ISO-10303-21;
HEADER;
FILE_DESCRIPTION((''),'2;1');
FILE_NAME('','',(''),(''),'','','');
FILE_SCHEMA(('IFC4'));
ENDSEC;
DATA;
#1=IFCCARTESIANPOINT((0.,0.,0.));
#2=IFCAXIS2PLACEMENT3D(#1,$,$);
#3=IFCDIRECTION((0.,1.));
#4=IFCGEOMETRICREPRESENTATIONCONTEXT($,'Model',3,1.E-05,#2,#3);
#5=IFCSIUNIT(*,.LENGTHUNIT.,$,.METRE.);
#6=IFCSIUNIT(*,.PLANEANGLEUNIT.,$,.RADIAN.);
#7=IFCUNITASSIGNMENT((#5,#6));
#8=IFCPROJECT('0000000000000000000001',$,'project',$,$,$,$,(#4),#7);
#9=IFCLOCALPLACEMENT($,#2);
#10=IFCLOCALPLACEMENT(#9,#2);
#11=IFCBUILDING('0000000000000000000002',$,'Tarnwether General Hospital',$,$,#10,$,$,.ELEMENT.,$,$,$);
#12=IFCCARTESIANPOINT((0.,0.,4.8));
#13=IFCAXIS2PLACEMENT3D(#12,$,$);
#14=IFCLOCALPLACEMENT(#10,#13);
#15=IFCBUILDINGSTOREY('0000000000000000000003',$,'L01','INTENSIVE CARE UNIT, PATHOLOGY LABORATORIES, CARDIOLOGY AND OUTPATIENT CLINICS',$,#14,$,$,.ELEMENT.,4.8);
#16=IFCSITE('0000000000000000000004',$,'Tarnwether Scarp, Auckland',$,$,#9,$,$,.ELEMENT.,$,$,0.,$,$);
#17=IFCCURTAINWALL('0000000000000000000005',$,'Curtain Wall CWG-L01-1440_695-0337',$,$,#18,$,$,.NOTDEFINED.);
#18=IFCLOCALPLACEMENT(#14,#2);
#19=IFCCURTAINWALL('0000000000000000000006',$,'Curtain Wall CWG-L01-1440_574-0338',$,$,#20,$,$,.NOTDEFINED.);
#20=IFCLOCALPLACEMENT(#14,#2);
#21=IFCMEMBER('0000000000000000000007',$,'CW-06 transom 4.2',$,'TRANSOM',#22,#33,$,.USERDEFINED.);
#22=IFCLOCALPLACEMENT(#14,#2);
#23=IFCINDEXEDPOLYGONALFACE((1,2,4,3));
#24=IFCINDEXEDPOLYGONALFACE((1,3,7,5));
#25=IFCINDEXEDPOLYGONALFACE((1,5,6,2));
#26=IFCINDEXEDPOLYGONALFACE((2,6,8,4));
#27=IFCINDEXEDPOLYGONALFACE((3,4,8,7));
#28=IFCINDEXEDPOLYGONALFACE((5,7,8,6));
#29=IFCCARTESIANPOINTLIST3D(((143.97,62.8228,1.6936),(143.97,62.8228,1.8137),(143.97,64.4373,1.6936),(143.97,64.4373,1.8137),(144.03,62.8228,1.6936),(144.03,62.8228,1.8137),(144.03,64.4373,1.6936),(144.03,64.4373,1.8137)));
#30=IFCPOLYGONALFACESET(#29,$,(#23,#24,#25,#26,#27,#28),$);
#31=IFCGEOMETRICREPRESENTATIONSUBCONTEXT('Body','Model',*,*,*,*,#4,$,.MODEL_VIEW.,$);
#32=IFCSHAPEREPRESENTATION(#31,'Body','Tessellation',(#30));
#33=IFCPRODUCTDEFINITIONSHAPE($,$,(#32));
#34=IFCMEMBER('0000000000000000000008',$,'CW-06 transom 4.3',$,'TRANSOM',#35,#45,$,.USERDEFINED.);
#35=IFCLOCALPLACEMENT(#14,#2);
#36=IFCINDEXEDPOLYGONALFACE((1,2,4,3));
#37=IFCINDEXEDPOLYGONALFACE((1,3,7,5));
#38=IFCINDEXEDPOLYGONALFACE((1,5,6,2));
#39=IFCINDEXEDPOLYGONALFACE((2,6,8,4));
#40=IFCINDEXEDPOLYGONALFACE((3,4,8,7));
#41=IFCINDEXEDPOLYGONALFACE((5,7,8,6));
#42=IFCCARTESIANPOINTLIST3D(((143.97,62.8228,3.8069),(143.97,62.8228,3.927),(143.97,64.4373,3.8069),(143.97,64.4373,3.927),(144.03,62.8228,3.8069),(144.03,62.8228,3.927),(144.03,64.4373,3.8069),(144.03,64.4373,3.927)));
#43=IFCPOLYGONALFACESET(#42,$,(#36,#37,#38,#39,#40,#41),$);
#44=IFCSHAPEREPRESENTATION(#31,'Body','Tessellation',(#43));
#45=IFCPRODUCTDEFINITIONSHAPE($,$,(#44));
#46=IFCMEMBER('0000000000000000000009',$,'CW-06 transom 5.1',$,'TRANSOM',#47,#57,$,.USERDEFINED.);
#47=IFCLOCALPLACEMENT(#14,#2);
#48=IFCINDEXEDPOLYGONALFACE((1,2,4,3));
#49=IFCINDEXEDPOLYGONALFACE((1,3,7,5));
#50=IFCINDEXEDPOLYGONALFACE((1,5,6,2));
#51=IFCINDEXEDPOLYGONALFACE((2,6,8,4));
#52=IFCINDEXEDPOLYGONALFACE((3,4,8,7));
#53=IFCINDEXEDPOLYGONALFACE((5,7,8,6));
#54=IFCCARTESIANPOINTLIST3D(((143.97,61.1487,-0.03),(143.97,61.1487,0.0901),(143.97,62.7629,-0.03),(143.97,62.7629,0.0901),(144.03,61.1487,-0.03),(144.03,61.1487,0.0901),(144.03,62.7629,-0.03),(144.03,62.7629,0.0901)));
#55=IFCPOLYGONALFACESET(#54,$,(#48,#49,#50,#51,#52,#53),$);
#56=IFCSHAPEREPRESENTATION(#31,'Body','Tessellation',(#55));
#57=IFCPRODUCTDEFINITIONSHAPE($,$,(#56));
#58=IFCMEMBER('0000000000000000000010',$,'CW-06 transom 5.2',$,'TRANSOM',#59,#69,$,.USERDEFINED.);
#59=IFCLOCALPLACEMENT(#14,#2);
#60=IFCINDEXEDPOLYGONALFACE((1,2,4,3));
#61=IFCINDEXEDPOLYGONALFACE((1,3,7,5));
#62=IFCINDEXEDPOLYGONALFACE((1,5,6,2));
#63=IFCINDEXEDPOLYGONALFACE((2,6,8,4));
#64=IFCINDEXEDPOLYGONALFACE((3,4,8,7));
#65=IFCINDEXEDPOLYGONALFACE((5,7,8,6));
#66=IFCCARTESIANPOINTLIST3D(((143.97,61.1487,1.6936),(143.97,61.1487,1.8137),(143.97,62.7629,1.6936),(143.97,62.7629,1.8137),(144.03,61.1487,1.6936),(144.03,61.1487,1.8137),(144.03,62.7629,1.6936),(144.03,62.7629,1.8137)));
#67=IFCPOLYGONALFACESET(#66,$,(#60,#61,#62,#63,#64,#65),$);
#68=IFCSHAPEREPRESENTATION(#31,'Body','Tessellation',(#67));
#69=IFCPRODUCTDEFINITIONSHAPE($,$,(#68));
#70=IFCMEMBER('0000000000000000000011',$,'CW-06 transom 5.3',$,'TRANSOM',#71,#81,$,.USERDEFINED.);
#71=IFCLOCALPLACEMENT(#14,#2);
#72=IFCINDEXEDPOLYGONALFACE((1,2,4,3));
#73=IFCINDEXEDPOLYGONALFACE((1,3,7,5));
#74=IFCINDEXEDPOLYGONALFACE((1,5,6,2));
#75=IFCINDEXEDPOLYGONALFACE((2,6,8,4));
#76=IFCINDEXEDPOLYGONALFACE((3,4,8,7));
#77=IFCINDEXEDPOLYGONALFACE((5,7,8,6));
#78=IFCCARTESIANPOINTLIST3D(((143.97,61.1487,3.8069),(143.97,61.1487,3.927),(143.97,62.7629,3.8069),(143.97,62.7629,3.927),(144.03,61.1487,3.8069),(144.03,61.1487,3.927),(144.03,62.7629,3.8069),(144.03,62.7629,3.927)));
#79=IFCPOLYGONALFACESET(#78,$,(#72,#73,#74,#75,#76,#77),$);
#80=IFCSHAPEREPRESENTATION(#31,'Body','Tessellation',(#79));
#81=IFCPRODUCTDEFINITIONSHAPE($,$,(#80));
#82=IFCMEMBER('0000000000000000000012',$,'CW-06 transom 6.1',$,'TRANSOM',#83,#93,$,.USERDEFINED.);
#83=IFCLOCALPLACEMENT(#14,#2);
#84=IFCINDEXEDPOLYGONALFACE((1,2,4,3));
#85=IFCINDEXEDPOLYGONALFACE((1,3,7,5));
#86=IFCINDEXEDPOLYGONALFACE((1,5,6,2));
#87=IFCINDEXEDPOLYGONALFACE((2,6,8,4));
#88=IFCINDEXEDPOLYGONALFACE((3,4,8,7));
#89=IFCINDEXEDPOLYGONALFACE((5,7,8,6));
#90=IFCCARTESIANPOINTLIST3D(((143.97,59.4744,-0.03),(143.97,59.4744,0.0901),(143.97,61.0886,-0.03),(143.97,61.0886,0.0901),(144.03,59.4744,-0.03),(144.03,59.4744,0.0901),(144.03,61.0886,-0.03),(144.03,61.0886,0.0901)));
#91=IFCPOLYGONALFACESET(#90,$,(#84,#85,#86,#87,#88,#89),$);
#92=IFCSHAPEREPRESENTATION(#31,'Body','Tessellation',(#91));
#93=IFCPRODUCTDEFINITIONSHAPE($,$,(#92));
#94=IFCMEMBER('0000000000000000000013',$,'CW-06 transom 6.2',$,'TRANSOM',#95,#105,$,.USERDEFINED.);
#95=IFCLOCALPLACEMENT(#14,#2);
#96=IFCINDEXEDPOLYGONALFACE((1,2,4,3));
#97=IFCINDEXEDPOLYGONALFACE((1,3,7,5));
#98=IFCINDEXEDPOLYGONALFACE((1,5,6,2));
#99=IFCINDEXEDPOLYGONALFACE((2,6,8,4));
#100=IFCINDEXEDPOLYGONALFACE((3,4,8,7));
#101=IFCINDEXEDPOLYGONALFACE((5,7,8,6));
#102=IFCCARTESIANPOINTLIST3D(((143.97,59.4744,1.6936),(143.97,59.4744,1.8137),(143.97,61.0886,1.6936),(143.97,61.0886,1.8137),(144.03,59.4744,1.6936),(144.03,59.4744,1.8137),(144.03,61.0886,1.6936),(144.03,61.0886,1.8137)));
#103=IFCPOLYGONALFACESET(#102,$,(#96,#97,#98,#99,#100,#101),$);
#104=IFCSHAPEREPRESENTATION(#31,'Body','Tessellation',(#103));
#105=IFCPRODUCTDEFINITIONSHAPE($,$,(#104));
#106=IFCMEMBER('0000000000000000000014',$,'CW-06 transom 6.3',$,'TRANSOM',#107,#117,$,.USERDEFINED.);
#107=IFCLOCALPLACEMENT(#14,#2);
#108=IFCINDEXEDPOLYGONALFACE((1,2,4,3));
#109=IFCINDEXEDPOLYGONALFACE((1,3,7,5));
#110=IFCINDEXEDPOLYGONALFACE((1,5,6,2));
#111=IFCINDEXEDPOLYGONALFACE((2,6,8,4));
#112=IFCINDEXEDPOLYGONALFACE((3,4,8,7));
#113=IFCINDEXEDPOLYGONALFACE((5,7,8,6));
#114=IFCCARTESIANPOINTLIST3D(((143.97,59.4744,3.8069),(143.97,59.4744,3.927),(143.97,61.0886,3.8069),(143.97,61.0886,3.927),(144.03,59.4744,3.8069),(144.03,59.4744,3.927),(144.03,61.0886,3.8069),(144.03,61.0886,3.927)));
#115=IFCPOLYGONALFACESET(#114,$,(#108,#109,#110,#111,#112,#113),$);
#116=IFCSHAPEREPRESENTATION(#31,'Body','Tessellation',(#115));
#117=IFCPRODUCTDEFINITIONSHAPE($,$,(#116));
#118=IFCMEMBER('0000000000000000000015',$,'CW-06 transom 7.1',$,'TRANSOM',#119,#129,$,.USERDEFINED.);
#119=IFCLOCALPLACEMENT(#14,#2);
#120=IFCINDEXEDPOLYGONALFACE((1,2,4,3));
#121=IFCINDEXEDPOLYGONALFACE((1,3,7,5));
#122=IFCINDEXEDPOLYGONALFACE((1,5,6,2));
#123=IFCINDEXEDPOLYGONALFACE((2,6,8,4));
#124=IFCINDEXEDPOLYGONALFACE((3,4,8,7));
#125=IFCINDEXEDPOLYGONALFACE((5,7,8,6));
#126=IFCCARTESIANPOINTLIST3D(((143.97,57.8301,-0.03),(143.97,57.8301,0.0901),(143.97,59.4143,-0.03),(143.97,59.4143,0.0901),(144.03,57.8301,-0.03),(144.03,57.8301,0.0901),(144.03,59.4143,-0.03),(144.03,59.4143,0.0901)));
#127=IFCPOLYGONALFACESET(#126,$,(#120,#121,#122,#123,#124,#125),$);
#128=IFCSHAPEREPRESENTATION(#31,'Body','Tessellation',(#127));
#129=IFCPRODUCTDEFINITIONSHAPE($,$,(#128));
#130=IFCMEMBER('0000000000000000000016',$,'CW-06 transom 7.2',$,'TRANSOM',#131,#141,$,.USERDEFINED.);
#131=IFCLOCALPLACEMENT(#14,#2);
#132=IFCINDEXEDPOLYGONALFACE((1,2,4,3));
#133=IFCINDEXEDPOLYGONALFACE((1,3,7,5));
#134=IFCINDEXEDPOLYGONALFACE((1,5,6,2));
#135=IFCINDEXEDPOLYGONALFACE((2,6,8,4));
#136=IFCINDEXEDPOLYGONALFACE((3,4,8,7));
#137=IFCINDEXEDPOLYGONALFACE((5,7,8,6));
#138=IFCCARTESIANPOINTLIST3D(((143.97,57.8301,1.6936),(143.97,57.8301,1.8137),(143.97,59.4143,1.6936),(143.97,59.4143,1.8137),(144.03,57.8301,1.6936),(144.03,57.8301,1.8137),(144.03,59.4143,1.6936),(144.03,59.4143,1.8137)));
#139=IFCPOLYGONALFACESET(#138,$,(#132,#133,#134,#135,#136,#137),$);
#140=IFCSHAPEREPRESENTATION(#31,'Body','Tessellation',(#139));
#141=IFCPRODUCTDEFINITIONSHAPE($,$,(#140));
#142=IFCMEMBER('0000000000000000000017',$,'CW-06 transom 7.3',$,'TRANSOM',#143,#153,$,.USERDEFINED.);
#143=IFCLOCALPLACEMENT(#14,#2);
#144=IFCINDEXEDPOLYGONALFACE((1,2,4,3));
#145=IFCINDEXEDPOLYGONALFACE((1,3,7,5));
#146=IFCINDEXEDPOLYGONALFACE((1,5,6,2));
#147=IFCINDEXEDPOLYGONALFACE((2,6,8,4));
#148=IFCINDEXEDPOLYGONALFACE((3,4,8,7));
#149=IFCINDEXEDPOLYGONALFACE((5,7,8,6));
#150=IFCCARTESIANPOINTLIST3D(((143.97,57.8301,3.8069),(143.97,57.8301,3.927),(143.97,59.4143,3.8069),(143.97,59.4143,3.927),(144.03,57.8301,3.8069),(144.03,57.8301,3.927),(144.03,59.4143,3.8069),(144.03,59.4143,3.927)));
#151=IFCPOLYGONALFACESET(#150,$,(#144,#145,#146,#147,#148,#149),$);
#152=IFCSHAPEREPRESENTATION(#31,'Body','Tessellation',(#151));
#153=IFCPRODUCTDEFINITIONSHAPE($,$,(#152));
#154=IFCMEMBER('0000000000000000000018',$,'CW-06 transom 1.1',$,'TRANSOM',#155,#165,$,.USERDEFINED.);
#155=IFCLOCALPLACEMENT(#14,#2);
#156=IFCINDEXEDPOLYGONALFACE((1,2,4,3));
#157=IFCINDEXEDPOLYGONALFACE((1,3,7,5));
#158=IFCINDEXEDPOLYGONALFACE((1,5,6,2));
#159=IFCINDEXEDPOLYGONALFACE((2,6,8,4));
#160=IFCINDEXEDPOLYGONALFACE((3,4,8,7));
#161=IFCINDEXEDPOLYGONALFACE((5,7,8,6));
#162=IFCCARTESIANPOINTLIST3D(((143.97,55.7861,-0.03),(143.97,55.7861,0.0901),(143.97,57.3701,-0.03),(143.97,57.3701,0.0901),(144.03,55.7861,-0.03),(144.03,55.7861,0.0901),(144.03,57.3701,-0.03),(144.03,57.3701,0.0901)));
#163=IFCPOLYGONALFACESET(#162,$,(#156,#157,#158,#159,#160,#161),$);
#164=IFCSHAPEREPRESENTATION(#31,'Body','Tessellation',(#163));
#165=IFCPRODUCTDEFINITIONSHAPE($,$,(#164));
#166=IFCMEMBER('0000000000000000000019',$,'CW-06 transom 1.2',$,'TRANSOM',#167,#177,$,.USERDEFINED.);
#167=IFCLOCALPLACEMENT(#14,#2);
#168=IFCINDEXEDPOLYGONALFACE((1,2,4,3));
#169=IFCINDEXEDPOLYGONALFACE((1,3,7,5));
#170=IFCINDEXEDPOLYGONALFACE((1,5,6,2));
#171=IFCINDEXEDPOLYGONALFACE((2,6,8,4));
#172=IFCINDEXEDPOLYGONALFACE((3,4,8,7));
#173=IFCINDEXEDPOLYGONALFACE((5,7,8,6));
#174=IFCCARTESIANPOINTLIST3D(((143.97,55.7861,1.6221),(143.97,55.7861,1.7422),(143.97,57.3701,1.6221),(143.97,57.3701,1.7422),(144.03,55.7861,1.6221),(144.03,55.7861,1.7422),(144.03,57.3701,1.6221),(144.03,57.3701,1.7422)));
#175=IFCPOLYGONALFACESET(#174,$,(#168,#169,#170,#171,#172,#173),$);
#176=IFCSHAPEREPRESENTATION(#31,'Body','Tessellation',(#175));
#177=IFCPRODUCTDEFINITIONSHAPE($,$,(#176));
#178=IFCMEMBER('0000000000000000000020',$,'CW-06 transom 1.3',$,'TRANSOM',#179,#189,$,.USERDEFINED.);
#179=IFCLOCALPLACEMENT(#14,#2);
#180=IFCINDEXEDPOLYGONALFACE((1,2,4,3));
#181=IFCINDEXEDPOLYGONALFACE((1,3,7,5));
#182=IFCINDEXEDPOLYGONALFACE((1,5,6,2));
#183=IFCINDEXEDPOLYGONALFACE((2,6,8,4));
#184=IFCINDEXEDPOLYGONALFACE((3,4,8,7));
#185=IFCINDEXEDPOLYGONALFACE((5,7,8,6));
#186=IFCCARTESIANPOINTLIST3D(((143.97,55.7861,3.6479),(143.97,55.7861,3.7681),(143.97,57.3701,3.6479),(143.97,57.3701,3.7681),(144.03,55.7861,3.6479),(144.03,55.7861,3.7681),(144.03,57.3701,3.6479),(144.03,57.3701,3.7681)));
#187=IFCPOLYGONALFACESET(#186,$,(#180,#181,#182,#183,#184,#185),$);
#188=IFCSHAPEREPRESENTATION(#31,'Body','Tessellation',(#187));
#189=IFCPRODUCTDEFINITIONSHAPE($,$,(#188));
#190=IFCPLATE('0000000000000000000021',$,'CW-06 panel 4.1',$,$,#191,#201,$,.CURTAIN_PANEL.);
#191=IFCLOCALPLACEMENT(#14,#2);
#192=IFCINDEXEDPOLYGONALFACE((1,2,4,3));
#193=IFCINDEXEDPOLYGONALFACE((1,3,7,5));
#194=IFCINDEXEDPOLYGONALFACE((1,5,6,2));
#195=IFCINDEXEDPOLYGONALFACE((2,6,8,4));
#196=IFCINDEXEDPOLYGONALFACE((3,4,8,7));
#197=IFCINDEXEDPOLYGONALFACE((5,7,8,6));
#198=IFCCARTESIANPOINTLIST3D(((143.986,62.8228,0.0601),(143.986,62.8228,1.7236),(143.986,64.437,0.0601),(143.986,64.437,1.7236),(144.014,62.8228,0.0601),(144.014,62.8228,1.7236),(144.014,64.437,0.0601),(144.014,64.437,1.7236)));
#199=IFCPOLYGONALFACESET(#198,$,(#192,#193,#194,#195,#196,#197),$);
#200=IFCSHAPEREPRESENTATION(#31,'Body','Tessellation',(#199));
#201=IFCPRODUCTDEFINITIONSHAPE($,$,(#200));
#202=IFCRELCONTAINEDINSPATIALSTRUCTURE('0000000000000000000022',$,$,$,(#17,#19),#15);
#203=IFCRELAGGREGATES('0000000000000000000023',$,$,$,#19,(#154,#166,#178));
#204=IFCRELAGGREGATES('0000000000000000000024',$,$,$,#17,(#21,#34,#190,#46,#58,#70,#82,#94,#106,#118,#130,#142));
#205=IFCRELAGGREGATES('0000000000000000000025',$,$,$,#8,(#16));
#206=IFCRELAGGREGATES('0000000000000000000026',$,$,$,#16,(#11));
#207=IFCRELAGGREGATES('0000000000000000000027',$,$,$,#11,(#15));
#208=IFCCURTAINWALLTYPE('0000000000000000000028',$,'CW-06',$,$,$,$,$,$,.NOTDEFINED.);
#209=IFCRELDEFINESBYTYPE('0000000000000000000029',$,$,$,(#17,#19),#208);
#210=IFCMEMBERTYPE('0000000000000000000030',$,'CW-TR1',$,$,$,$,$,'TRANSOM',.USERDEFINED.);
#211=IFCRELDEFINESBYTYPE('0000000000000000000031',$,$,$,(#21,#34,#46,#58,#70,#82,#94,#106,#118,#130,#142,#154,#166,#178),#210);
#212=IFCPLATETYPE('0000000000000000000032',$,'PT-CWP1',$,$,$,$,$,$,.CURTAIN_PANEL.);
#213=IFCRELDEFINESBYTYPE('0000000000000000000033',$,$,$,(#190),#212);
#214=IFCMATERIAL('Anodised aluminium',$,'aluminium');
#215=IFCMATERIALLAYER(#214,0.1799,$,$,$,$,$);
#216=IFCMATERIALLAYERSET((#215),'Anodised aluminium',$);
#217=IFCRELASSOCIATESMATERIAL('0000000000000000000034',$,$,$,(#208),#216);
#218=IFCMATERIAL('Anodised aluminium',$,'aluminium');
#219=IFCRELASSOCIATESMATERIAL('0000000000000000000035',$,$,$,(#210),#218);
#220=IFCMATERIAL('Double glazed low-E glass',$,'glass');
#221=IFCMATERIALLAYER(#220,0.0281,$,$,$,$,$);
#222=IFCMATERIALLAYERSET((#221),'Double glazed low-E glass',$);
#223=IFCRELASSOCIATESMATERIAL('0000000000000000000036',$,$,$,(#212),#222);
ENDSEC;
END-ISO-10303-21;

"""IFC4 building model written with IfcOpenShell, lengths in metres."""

from ifc_helpers import new_model, si_unit, direction, frame, origin, origin_2d, place, context, subcontext, project, spatial, rectangle, extrude, material, layer, layer_set, material_profile, profile_set, type_object, element, aggregate, save


model = new_model("IFC4")

# Units and contexts
model_context = context("Model", 3, precision=1e-05, world=origin(), true_north=direction((0.0, 1.0)))
body_context = subcontext(model_context, "Body", "Model", "MODEL_VIEW")
ifc_project = project(units=[si_unit("LENGTHUNIT", "METRE"), si_unit("PLANEANGLEUNIT", "RADIAN")], contexts=[model_context])

# Site, building, storey
site_placement = place(None, origin())
site = spatial("IfcSite", under=ifc_project, at=site_placement, Name="Tarnwether Scarp, Auckland", CompositionType="ELEMENT", RefElevation=0.0)
building_placement = place(site_placement, origin())
building = spatial("IfcBuilding", under=site, at=building_placement, Name="Tarnwether General Hospital", CompositionType="ELEMENT")
storey_placement = place(building_placement, frame((0.0, 0.0, 4.8)))
storey = spatial("IfcBuildingStorey", under=building, at=storey_placement, Name="L01", Description="INTENSIVE CARE UNIT, PATHOLOGY LABORATORIES, CARDIOLOGY AND OUTPATIENT CLINICS", CompositionType="ELEMENT", Elevation=4.8)

# Curtain wall
ifc_material_1 = material(Name="Anodised aluminium", Category="aluminium")
ifc_layer_1 = layer(ifc_material_1, 0.1799)
ifc_layer_set_1 = layer_set([ifc_layer_1], Name="Anodised aluminium")
curtain_wall_type = type_object("IfcCurtainWallType", Name="CW-06", PredefinedType="NOTDEFINED", material=ifc_layer_set_1)
curtain_wall_1_placement = place(storey_placement, origin())
curtain_wall_1 = element("IfcCurtainWall", 1, at=curtain_wall_1_placement, inside=storey, type_object=curtain_wall_type, Name="Curtain Wall CWG-L01-1440_695-0337", PredefinedType="NOTDEFINED")

# Curtain wall
curtain_wall_2_placement = place(storey_placement, origin())
curtain_wall_2 = element("IfcCurtainWall", 2, at=curtain_wall_2_placement, inside=storey, type_object=curtain_wall_type, Name="Curtain Wall CWG-L01-1440_574-0338", PredefinedType="NOTDEFINED")

# Members
ifc_material_2 = material(Name="Anodised aluminium", Category="aluminium")
ifc_material_profile_1 = material_profile(ifc_material_2, rectangle(XDim=0.0601, YDim=0.1201, at=origin_2d()), Name="ALU-TRN-60x120")
ifc_profile_set_1 = profile_set([ifc_material_profile_1], Name="Anodised aluminium")
member_type_1 = type_object("IfcMemberType", Name="CW-TR1", ElementType="TRANSOM", PredefinedType="USERDEFINED", material=ifc_profile_set_1)
member_1_placement = place(storey_placement, frame((144.0, 64.4373, 1.7537), z_axis=(0.0, -1.0, 0.0), x_axis=(1.0, 0.0, 0.0)))
member_1 = element("IfcMember", 3, at=member_1_placement, type_object=member_type_1, Name="CW-06 transom 4.2", ObjectType="TRANSOM", PredefinedType="USERDEFINED", context=body_context, shape_type="SweptSolid", body=[
    extrude(rectangle(XDim=0.0601, YDim=0.1201, at=origin_2d()), origin(), (0.0, 0.0, 1.0), 1.6145),
])
member_2_placement = place(storey_placement, frame((144.0, 64.4373, 3.8669), z_axis=(0.0, -1.0, 0.0), x_axis=(1.0, 0.0, 0.0)))
member_2 = element("IfcMember", 4, at=member_2_placement, type_object=member_type_1, Name="CW-06 transom 4.3", ObjectType="TRANSOM", PredefinedType="USERDEFINED", context=body_context, shape_type="SweptSolid", body=[
    extrude(rectangle(XDim=0.0601, YDim=0.1201, at=origin_2d()), origin(), (0.0, 0.0, 1.0), 1.6145),
])
member_3_placement = place(storey_placement, frame((144.0, 62.7629, 0.03), z_axis=(0.0, -1.0, 0.0), x_axis=(1.0, 0.0, 0.0)))
member_3 = element("IfcMember", 5, at=member_3_placement, type_object=member_type_1, Name="CW-06 transom 5.1", ObjectType="TRANSOM", PredefinedType="USERDEFINED", context=body_context, shape_type="SweptSolid", body=[
    extrude(rectangle(XDim=0.0601, YDim=0.1201, at=origin_2d()), origin(), (0.0, 0.0, 1.0), 1.6143),
])
member_4_placement = place(storey_placement, frame((144.0, 62.7629, 1.7537), z_axis=(0.0, -1.0, 0.0), x_axis=(1.0, 0.0, 0.0)))
member_4 = element("IfcMember", 6, at=member_4_placement, type_object=member_type_1, Name="CW-06 transom 5.2", ObjectType="TRANSOM", PredefinedType="USERDEFINED", context=body_context, shape_type="SweptSolid", body=[
    extrude(rectangle(XDim=0.0601, YDim=0.1201, at=origin_2d()), origin(), (0.0, 0.0, 1.0), 1.6143),
])
member_5_placement = place(storey_placement, frame((144.0, 62.7629, 3.8669), z_axis=(0.0, -1.0, 0.0), x_axis=(1.0, 0.0, 0.0)))
member_5 = element("IfcMember", 7, at=member_5_placement, type_object=member_type_1, Name="CW-06 transom 5.3", ObjectType="TRANSOM", PredefinedType="USERDEFINED", context=body_context, shape_type="SweptSolid", body=[
    extrude(rectangle(XDim=0.0601, YDim=0.1201, at=origin_2d()), origin(), (0.0, 0.0, 1.0), 1.6143),
])
member_6_placement = place(storey_placement, frame((144.0, 61.0886, 0.03), z_axis=(0.0, -1.0, 0.0), x_axis=(1.0, 0.0, 0.0)))
member_6 = element("IfcMember", 8, at=member_6_placement, type_object=member_type_1, Name="CW-06 transom 6.1", ObjectType="TRANSOM", PredefinedType="USERDEFINED", context=body_context, shape_type="SweptSolid", body=[
    extrude(rectangle(XDim=0.0601, YDim=0.1201, at=origin_2d()), origin(), (0.0, 0.0, 1.0), 1.6143),
])
member_7_placement = place(storey_placement, frame((144.0, 61.0886, 1.7537), z_axis=(0.0, -1.0, 0.0), x_axis=(1.0, 0.0, 0.0)))
member_7 = element("IfcMember", 9, at=member_7_placement, type_object=member_type_1, Name="CW-06 transom 6.2", ObjectType="TRANSOM", PredefinedType="USERDEFINED", context=body_context, shape_type="SweptSolid", body=[
    extrude(rectangle(XDim=0.0601, YDim=0.1201, at=origin_2d()), origin(), (0.0, 0.0, 1.0), 1.6143),
])
member_8_placement = place(storey_placement, frame((144.0, 61.0886, 3.8669), z_axis=(0.0, -1.0, 0.0), x_axis=(1.0, 0.0, 0.0)))
member_8 = element("IfcMember", 10, at=member_8_placement, type_object=member_type_1, Name="CW-06 transom 6.3", ObjectType="TRANSOM", PredefinedType="USERDEFINED", context=body_context, shape_type="SweptSolid", body=[
    extrude(rectangle(XDim=0.0601, YDim=0.1201, at=origin_2d()), origin(), (0.0, 0.0, 1.0), 1.6143),
])
member_9_placement = place(storey_placement, frame((144.0, 59.4143, 0.03), z_axis=(0.0, -1.0, 0.0), x_axis=(1.0, 0.0, 0.0)))
member_9 = element("IfcMember", 11, at=member_9_placement, type_object=member_type_1, Name="CW-06 transom 7.1", ObjectType="TRANSOM", PredefinedType="USERDEFINED", context=body_context, shape_type="SweptSolid", body=[
    extrude(rectangle(XDim=0.0601, YDim=0.1201, at=origin_2d()), origin(), (0.0, 0.0, 1.0), 1.5842),
])
member_10_placement = place(storey_placement, frame((144.0, 59.4143, 1.7537), z_axis=(0.0, -1.0, 0.0), x_axis=(1.0, 0.0, 0.0)))
member_10 = element("IfcMember", 12, at=member_10_placement, type_object=member_type_1, Name="CW-06 transom 7.2", ObjectType="TRANSOM", PredefinedType="USERDEFINED", context=body_context, shape_type="SweptSolid", body=[
    extrude(rectangle(XDim=0.0601, YDim=0.1201, at=origin_2d()), origin(), (0.0, 0.0, 1.0), 1.5842),
])
member_11_placement = place(storey_placement, frame((144.0, 59.4143, 3.8669), z_axis=(0.0, -1.0, 0.0), x_axis=(1.0, 0.0, 0.0)))
member_11 = element("IfcMember", 13, at=member_11_placement, type_object=member_type_1, Name="CW-06 transom 7.3", ObjectType="TRANSOM", PredefinedType="USERDEFINED", context=body_context, shape_type="SweptSolid", body=[
    extrude(rectangle(XDim=0.0601, YDim=0.1201, at=origin_2d()), origin(), (0.0, 0.0, 1.0), 1.5842),
])
member_12_placement = place(storey_placement, frame((144.0, 57.3701, 0.03), z_axis=(0.0, -1.0, 0.0), x_axis=(1.0, 0.0, 0.0)))
member_12 = element("IfcMember", 14, at=member_12_placement, type_object=member_type_1, Name="CW-06 transom 1.1", ObjectType="TRANSOM", PredefinedType="USERDEFINED", context=body_context, shape_type="SweptSolid", body=[
    extrude(rectangle(XDim=0.0601, YDim=0.1201, at=origin_2d()), origin(), (0.0, 0.0, 1.0), 1.584),
])
member_13_placement = place(storey_placement, frame((144.0, 57.3701, 1.6821), z_axis=(0.0, -1.0, 0.0), x_axis=(1.0, 0.0, 0.0)))
member_13 = element("IfcMember", 15, at=member_13_placement, type_object=member_type_1, Name="CW-06 transom 1.2", ObjectType="TRANSOM", PredefinedType="USERDEFINED", context=body_context, shape_type="SweptSolid", body=[
    extrude(rectangle(XDim=0.0601, YDim=0.1201, at=origin_2d()), origin(), (0.0, 0.0, 1.0), 1.584),
])
member_14_placement = place(storey_placement, frame((144.0, 57.3701, 3.708), z_axis=(0.0, -1.0, 0.0), x_axis=(1.0, 0.0, 0.0)))
member_14 = element("IfcMember", 16, at=member_14_placement, type_object=member_type_1, Name="CW-06 transom 1.3", ObjectType="TRANSOM", PredefinedType="USERDEFINED", context=body_context, shape_type="SweptSolid", body=[
    extrude(rectangle(XDim=0.0601, YDim=0.1201, at=origin_2d()), origin(), (0.0, 0.0, 1.0), 1.584),
])
aggregate(curtain_wall_2, [member_12, member_13, member_14])

# Plate
ifc_material_3 = material(Name="Double glazed low-E glass", Category="glass")
ifc_layer_2 = layer(ifc_material_3, 0.0281)
ifc_layer_set_2 = layer_set([ifc_layer_2], Name="Double glazed low-E glass")
plate_type_1 = type_object("IfcPlateType", Name="PT-CWP1", PredefinedType="CURTAIN_PANEL", material=ifc_layer_set_2)
plate_1_placement = place(storey_placement, frame((144.0, 63.6299, 0.0601), z_axis=(0.0, 0.0, 1.0), x_axis=(0.0, -1.0, 0.0)))
plate_1 = element("IfcPlate", 17, at=plate_1_placement, type_object=plate_type_1, Name="CW-06 panel 4.1", PredefinedType="CURTAIN_PANEL", context=body_context, shape_type="SweptSolid", body=[
    extrude(rectangle(XDim=1.6143, YDim=0.0281, at=origin_2d()), origin(), (0.0, 0.0, 1.0), 1.6636),
])
aggregate(curtain_wall_1, [member_1, member_2, plate_1, member_3, member_4, member_5, member_6, member_7, member_8, member_9, member_10, member_11])

save(model, "model.ifc")
